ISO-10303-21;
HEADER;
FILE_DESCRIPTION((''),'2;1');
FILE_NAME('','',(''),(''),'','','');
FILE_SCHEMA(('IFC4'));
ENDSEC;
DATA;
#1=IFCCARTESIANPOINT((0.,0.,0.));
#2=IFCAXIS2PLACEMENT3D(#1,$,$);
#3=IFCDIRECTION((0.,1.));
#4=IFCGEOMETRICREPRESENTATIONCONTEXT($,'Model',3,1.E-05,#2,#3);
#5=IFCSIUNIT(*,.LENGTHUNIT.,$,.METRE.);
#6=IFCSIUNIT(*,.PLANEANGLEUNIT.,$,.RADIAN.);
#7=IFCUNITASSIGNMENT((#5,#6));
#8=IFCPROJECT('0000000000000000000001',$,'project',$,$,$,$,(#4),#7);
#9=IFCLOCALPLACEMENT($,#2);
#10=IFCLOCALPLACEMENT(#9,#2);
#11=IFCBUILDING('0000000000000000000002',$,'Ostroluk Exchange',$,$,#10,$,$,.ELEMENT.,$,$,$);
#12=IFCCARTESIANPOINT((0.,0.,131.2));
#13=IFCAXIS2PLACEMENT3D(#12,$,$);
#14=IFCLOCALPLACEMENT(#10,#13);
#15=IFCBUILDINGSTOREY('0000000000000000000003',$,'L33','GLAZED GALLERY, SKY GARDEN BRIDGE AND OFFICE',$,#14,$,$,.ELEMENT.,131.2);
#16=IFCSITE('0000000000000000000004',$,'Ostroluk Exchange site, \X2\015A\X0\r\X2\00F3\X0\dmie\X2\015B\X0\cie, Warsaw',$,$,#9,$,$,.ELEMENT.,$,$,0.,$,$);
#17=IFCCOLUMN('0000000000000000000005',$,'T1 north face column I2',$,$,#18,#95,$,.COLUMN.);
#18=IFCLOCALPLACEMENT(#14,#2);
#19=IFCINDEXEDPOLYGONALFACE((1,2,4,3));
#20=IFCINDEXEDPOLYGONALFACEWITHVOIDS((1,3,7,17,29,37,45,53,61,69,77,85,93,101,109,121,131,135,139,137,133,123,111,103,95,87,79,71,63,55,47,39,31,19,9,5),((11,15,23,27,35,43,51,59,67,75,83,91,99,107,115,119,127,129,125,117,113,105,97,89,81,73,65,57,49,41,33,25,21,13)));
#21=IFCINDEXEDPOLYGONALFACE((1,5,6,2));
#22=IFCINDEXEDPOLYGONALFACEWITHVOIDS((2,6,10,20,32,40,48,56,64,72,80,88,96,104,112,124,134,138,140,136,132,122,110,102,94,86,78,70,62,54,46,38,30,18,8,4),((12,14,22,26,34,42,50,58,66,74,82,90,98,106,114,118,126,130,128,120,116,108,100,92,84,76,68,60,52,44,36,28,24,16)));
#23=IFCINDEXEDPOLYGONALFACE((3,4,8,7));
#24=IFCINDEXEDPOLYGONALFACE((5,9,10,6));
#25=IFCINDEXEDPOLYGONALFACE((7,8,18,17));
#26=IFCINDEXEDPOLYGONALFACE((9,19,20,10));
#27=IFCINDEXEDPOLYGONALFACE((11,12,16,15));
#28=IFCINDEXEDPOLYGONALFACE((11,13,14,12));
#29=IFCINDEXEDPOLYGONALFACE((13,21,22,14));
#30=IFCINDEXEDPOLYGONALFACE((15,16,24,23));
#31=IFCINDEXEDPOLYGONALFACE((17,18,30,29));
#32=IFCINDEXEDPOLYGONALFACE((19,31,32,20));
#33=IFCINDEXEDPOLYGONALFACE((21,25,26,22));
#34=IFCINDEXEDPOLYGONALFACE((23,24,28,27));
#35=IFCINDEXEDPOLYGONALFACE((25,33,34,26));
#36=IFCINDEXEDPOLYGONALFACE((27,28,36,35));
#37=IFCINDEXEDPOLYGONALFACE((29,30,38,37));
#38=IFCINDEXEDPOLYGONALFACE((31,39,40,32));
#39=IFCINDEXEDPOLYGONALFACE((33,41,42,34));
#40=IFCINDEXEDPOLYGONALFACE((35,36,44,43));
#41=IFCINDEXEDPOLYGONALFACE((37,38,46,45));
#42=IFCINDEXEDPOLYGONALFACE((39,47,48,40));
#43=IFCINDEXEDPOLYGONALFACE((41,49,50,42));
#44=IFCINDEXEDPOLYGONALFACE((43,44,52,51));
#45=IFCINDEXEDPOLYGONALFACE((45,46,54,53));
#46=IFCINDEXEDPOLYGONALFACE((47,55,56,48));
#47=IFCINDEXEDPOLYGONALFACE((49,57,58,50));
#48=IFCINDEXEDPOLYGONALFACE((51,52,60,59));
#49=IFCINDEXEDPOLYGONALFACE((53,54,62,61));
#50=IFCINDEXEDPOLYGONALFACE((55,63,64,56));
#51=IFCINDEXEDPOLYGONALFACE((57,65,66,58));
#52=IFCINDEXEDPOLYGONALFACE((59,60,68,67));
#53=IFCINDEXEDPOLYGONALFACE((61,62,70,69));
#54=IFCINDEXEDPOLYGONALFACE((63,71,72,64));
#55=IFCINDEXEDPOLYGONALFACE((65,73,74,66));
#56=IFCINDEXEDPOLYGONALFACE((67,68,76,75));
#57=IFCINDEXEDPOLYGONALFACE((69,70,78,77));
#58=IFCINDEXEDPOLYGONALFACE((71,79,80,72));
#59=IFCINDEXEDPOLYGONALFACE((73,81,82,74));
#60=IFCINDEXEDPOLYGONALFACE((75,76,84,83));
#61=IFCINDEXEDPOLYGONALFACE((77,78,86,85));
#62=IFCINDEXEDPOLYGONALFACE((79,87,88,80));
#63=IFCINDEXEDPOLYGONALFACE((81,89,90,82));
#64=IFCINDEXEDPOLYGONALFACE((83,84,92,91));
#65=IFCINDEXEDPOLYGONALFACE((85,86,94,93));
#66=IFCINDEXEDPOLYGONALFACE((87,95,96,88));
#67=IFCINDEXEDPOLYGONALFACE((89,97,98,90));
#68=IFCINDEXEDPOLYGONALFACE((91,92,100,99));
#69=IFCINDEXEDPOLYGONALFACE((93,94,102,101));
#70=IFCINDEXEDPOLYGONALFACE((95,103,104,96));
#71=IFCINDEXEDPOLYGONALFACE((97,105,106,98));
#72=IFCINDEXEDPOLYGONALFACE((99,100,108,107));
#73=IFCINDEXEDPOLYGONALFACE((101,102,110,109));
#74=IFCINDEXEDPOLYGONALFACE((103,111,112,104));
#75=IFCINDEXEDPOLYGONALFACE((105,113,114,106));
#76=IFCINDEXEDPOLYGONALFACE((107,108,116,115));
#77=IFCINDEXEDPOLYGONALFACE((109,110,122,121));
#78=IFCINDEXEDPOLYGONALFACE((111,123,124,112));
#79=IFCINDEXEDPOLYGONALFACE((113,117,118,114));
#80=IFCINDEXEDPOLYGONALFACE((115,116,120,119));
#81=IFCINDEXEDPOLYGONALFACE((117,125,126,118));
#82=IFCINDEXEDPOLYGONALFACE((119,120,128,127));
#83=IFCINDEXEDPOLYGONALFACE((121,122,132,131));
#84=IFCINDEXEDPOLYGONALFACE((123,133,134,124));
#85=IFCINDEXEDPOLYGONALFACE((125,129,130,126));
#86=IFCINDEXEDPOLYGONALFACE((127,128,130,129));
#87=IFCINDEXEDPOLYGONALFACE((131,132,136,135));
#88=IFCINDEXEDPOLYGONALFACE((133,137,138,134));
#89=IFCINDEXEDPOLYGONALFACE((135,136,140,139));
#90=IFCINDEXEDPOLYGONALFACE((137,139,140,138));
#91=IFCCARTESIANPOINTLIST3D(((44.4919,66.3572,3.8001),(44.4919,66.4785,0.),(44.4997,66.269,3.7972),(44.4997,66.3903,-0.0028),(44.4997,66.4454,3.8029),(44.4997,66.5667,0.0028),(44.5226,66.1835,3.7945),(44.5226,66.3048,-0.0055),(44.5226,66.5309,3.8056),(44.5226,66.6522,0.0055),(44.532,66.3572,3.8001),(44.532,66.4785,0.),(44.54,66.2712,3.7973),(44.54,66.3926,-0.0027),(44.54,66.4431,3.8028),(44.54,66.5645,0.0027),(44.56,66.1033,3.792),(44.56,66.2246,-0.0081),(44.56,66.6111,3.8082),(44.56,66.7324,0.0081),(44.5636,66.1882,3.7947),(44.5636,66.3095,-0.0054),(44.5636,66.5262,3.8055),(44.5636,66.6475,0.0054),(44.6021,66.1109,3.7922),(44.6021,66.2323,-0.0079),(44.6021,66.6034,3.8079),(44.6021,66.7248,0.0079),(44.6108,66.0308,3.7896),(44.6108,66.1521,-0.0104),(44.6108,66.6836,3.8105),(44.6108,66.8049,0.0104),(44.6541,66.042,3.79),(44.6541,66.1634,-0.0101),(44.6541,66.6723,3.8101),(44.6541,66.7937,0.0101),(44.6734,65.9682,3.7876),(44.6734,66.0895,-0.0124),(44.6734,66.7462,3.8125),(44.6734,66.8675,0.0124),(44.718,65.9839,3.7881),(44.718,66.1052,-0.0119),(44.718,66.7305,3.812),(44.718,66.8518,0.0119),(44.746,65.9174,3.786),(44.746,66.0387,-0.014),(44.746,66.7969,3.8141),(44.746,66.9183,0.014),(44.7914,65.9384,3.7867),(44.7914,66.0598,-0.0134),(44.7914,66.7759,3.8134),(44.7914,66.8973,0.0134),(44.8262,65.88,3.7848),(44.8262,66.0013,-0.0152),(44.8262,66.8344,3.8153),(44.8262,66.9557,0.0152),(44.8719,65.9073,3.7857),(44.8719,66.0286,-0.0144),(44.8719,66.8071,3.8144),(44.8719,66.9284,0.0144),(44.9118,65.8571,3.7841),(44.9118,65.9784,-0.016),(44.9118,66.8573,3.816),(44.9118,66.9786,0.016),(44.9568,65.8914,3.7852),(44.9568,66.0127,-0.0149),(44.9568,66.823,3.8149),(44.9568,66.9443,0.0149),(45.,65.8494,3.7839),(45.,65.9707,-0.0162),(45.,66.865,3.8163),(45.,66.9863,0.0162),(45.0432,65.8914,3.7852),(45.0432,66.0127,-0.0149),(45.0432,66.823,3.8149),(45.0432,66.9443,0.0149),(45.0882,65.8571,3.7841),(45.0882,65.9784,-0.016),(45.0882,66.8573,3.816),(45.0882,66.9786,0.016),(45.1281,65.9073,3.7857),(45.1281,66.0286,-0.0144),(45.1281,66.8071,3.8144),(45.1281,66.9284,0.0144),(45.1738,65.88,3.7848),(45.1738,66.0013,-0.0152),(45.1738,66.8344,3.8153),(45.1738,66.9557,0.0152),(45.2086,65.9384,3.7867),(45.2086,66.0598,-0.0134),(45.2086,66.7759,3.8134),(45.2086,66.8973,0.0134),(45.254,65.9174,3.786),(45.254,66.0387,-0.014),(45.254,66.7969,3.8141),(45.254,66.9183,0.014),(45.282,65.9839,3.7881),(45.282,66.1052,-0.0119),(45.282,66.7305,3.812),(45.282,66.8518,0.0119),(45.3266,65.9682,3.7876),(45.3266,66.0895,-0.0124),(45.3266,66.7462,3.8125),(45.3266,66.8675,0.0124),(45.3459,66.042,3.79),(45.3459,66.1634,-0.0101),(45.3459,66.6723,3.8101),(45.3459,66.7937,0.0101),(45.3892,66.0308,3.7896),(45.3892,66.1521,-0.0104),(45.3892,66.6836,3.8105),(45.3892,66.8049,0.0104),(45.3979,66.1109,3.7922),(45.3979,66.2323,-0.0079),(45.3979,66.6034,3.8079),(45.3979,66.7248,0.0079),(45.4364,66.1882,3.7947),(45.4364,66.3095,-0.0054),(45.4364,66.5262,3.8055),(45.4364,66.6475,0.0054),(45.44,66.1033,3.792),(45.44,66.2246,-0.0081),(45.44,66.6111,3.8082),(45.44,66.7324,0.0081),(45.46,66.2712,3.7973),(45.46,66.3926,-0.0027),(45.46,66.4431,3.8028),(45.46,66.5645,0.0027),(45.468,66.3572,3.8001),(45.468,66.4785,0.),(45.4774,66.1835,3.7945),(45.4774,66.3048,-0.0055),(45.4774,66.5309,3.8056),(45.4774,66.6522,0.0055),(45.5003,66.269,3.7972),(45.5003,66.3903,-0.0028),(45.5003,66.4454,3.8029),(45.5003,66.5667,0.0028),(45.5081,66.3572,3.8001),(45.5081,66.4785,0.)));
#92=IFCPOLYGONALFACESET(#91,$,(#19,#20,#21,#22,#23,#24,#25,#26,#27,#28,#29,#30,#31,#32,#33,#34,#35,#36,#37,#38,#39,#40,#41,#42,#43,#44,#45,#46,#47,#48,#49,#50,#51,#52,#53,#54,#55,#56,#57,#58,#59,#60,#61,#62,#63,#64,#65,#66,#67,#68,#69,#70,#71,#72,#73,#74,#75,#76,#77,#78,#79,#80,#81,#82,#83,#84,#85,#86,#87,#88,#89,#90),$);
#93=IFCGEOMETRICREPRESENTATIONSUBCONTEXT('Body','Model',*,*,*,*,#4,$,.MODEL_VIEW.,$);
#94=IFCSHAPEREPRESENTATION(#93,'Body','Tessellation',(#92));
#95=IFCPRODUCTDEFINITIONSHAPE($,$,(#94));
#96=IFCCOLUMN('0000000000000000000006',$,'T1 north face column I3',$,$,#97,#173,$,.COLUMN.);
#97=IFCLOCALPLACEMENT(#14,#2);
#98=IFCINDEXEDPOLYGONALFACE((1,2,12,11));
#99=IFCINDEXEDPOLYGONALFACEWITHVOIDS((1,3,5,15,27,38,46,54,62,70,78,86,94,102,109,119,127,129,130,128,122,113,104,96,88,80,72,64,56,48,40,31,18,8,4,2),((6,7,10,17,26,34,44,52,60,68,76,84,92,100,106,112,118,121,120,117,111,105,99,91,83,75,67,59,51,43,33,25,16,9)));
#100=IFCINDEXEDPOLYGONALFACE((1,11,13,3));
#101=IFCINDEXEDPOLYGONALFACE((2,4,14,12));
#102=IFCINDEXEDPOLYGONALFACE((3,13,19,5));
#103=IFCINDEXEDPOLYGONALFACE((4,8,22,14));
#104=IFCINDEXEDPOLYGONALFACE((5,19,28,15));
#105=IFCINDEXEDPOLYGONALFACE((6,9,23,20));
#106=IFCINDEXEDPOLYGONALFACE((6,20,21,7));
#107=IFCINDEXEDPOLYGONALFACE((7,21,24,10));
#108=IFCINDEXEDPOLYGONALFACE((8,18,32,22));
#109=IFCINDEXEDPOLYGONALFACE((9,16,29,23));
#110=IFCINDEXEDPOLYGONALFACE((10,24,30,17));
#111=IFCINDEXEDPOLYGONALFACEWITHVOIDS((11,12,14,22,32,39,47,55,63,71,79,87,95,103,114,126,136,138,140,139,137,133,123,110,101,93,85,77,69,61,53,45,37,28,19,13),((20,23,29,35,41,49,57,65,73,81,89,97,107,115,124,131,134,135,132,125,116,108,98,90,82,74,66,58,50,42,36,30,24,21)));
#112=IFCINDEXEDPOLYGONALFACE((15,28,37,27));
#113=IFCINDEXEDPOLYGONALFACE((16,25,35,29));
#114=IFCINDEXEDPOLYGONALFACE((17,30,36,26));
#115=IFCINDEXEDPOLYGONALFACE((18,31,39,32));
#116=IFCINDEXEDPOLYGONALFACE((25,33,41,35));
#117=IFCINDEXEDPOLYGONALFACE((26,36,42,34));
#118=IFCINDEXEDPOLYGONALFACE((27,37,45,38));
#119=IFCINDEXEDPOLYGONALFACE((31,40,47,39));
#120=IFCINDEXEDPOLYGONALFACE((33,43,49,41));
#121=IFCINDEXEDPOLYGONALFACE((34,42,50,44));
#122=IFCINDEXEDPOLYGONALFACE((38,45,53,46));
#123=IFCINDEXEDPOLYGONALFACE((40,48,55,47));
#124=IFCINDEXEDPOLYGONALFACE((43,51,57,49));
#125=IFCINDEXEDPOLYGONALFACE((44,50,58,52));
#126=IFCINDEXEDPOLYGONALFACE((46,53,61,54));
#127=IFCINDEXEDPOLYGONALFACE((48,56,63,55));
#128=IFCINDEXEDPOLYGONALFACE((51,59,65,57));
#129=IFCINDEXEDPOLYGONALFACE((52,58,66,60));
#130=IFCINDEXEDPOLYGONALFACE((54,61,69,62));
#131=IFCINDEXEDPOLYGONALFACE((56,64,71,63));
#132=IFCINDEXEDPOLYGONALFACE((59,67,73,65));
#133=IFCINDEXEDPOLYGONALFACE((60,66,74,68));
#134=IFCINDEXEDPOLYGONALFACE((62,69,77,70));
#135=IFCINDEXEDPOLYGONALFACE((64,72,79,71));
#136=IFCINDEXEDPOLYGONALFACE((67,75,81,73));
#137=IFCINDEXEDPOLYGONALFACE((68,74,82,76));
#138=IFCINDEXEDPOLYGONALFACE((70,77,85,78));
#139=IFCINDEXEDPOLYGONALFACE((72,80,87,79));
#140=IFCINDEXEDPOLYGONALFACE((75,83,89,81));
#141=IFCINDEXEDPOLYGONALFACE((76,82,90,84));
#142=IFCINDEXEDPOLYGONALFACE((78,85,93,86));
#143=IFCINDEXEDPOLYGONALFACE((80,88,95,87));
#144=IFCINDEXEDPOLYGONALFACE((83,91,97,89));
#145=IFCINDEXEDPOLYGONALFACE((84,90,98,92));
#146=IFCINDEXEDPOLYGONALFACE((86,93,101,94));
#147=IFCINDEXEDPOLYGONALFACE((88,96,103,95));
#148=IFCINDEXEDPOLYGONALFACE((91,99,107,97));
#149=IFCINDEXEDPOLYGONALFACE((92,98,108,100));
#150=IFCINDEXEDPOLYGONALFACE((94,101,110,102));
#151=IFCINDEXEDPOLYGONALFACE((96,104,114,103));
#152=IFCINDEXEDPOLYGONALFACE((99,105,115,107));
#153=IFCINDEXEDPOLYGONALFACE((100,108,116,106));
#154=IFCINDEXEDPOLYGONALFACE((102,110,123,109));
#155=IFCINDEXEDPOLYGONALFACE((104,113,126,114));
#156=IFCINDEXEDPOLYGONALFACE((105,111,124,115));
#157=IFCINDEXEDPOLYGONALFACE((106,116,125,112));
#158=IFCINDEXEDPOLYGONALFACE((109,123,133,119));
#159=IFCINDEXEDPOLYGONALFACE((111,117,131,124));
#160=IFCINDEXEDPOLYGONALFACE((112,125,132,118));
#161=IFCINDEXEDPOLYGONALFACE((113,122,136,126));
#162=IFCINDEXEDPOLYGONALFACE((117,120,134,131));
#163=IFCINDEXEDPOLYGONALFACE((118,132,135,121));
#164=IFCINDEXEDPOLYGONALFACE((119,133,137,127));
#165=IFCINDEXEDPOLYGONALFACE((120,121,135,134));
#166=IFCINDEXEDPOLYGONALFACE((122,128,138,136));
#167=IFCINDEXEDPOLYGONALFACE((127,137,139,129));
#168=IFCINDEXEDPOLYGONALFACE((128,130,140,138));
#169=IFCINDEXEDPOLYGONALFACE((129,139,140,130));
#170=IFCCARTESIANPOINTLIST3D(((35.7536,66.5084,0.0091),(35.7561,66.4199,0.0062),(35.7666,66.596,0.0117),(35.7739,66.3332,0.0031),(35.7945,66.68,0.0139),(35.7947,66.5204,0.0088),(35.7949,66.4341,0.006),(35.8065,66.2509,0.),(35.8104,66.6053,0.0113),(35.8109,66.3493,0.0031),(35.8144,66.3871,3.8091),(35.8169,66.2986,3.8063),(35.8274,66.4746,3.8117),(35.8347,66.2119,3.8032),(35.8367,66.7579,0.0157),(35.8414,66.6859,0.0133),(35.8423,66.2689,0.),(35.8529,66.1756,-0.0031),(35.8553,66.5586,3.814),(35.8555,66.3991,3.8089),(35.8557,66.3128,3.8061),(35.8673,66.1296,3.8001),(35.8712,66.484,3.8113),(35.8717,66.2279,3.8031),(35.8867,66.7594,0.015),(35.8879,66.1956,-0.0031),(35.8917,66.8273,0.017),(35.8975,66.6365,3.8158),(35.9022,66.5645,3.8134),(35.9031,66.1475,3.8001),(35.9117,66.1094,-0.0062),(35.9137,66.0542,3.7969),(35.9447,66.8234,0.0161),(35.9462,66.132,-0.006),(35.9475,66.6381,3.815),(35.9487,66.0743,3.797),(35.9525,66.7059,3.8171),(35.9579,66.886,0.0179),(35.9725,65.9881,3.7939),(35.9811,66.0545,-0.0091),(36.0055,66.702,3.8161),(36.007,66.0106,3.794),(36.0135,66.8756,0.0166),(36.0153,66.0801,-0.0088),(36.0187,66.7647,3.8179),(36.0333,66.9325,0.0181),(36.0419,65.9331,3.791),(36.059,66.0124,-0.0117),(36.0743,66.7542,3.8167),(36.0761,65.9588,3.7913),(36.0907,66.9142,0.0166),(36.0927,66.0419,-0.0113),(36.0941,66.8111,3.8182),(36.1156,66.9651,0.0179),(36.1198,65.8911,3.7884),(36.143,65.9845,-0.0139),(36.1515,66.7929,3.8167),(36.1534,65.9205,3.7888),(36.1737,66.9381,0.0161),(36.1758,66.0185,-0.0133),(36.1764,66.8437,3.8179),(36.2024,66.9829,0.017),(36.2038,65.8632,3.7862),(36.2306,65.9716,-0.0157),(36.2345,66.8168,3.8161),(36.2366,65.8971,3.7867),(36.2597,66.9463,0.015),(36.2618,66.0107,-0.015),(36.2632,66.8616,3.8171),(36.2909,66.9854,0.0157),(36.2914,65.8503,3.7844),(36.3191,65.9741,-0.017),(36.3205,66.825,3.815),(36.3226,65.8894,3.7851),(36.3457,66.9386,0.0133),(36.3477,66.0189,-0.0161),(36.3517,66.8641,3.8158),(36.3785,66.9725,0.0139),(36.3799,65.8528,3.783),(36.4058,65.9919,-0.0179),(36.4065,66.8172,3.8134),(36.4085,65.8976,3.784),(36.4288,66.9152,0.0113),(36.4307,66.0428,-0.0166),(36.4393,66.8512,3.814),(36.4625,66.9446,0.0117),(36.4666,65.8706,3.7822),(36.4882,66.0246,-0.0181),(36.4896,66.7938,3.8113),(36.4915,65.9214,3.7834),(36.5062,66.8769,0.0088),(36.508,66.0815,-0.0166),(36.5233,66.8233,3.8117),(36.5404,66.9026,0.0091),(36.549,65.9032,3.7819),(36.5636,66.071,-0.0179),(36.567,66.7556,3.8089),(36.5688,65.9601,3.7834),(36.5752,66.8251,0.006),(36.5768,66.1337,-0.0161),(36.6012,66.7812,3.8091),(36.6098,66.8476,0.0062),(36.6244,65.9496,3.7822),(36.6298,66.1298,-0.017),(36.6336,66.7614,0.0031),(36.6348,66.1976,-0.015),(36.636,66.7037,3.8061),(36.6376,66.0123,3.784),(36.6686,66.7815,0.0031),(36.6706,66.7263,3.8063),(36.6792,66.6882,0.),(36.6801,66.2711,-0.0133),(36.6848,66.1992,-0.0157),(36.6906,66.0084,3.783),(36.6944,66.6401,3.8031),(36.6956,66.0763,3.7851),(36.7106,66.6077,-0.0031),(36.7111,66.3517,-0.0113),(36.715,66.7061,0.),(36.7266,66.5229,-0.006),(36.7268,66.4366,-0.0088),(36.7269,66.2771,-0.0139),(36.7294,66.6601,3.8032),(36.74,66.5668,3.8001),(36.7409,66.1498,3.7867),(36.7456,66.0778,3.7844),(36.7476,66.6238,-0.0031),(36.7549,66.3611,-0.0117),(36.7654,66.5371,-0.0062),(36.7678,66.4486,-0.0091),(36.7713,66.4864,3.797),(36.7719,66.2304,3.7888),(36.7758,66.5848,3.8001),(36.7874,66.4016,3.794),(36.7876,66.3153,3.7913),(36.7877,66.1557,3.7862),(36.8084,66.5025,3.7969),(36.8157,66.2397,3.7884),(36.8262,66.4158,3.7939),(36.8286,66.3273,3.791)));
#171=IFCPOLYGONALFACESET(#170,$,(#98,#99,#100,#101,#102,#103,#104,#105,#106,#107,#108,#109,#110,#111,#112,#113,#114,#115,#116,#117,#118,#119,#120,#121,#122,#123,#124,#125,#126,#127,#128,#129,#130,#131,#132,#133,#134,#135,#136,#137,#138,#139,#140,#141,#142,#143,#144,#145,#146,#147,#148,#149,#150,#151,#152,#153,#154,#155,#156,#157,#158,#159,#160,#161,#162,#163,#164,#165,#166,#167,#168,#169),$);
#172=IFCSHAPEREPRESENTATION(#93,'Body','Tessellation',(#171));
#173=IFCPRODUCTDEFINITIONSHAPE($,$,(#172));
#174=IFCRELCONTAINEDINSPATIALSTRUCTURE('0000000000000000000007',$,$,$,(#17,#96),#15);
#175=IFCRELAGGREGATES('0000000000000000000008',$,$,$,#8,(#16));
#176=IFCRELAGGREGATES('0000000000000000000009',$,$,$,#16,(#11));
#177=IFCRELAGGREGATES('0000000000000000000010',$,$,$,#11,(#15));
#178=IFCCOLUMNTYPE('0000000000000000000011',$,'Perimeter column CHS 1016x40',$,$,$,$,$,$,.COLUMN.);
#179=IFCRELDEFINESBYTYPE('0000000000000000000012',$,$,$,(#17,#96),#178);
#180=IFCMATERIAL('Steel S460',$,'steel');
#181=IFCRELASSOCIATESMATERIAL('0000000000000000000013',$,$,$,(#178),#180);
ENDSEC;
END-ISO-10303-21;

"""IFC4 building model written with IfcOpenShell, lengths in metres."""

from ifc_helpers import new_model, si_unit, direction, frame, origin, origin_2d, place, context, subcontext, project, spatial, hollow_circle, extrude, material, material_profile, profile_set, type_object, element, save


model = new_model("IFC4")

# Units and contexts
model_context = context("Model", 3, precision=1e-05, world=origin(), true_north=direction((0.0, 1.0)))
body_context = subcontext(model_context, "Body", "Model", "MODEL_VIEW")
ifc_project = project(units=[si_unit("LENGTHUNIT", "METRE"), si_unit("PLANEANGLEUNIT", "RADIAN")], contexts=[model_context])

# Site, building, storey
site_placement = place(None, origin())
site = spatial("IfcSite", under=ifc_project, at=site_placement, Name="Ostroluk Exchange site, Śródmieście, Warsaw", CompositionType="ELEMENT", RefElevation=0.0)
building_placement = place(site_placement, origin())
building = spatial("IfcBuilding", under=site, at=building_placement, Name="Ostroluk Exchange", CompositionType="ELEMENT")
storey_placement = place(building_placement, frame((0.0, 0.0, 131.2)))
storey = spatial("IfcBuildingStorey", under=building, at=storey_placement, Name="L33", Description="GLAZED GALLERY, SKY GARDEN BRIDGE AND OFFICE", CompositionType="ELEMENT", Elevation=131.2)

# Columns
ifc_material_1 = material(Name="Steel S460", Category="steel")
ifc_material_profile_1 = material_profile(ifc_material_1, hollow_circle(Radius=0.5081, WallThickness=0.04, at=origin_2d()), Name="CHS 1016x40")
ifc_profile_set_1 = profile_set([ifc_material_profile_1], Name="Steel S460")
column_type = type_object("IfcColumnType", Name="Perimeter column CHS 1016x40", PredefinedType="COLUMN", material=ifc_profile_set_1)
column_1_placement = place(storey_placement, frame((45.0, 66.4785, 0.0), z_axis=(0.0, -0.031914, 0.999491), x_axis=(1.0, 0.0, 0.0)))
element("IfcColumn", 1, at=column_1_placement, inside=storey, type_object=column_type, Name="T1 north face column I2", PredefinedType="COLUMN", context=body_context, shape_type="SweptSolid", body=[
    extrude(hollow_circle(Radius=0.5081, WallThickness=0.04, at=origin_2d()), origin(), (0.0, 0.0, 1.0), 3.802),
])
column_2_placement = place(storey_placement, frame((36.2607, 66.4785, 0.0), z_axis=(0.015987, -0.03191, 0.999363), x_axis=(0.894067, 0.447933, 0.0)))
element("IfcColumn", 2, at=column_2_placement, inside=storey, type_object=column_type, Name="T1 north face column I3", PredefinedType="COLUMN", context=body_context, shape_type="SweptSolid", body=[
    extrude(hollow_circle(Radius=0.5081, WallThickness=0.04, at=origin_2d()), origin(), (0.0, 0.0, 1.0), 3.8025),
])

save(model, "model.ifc")
